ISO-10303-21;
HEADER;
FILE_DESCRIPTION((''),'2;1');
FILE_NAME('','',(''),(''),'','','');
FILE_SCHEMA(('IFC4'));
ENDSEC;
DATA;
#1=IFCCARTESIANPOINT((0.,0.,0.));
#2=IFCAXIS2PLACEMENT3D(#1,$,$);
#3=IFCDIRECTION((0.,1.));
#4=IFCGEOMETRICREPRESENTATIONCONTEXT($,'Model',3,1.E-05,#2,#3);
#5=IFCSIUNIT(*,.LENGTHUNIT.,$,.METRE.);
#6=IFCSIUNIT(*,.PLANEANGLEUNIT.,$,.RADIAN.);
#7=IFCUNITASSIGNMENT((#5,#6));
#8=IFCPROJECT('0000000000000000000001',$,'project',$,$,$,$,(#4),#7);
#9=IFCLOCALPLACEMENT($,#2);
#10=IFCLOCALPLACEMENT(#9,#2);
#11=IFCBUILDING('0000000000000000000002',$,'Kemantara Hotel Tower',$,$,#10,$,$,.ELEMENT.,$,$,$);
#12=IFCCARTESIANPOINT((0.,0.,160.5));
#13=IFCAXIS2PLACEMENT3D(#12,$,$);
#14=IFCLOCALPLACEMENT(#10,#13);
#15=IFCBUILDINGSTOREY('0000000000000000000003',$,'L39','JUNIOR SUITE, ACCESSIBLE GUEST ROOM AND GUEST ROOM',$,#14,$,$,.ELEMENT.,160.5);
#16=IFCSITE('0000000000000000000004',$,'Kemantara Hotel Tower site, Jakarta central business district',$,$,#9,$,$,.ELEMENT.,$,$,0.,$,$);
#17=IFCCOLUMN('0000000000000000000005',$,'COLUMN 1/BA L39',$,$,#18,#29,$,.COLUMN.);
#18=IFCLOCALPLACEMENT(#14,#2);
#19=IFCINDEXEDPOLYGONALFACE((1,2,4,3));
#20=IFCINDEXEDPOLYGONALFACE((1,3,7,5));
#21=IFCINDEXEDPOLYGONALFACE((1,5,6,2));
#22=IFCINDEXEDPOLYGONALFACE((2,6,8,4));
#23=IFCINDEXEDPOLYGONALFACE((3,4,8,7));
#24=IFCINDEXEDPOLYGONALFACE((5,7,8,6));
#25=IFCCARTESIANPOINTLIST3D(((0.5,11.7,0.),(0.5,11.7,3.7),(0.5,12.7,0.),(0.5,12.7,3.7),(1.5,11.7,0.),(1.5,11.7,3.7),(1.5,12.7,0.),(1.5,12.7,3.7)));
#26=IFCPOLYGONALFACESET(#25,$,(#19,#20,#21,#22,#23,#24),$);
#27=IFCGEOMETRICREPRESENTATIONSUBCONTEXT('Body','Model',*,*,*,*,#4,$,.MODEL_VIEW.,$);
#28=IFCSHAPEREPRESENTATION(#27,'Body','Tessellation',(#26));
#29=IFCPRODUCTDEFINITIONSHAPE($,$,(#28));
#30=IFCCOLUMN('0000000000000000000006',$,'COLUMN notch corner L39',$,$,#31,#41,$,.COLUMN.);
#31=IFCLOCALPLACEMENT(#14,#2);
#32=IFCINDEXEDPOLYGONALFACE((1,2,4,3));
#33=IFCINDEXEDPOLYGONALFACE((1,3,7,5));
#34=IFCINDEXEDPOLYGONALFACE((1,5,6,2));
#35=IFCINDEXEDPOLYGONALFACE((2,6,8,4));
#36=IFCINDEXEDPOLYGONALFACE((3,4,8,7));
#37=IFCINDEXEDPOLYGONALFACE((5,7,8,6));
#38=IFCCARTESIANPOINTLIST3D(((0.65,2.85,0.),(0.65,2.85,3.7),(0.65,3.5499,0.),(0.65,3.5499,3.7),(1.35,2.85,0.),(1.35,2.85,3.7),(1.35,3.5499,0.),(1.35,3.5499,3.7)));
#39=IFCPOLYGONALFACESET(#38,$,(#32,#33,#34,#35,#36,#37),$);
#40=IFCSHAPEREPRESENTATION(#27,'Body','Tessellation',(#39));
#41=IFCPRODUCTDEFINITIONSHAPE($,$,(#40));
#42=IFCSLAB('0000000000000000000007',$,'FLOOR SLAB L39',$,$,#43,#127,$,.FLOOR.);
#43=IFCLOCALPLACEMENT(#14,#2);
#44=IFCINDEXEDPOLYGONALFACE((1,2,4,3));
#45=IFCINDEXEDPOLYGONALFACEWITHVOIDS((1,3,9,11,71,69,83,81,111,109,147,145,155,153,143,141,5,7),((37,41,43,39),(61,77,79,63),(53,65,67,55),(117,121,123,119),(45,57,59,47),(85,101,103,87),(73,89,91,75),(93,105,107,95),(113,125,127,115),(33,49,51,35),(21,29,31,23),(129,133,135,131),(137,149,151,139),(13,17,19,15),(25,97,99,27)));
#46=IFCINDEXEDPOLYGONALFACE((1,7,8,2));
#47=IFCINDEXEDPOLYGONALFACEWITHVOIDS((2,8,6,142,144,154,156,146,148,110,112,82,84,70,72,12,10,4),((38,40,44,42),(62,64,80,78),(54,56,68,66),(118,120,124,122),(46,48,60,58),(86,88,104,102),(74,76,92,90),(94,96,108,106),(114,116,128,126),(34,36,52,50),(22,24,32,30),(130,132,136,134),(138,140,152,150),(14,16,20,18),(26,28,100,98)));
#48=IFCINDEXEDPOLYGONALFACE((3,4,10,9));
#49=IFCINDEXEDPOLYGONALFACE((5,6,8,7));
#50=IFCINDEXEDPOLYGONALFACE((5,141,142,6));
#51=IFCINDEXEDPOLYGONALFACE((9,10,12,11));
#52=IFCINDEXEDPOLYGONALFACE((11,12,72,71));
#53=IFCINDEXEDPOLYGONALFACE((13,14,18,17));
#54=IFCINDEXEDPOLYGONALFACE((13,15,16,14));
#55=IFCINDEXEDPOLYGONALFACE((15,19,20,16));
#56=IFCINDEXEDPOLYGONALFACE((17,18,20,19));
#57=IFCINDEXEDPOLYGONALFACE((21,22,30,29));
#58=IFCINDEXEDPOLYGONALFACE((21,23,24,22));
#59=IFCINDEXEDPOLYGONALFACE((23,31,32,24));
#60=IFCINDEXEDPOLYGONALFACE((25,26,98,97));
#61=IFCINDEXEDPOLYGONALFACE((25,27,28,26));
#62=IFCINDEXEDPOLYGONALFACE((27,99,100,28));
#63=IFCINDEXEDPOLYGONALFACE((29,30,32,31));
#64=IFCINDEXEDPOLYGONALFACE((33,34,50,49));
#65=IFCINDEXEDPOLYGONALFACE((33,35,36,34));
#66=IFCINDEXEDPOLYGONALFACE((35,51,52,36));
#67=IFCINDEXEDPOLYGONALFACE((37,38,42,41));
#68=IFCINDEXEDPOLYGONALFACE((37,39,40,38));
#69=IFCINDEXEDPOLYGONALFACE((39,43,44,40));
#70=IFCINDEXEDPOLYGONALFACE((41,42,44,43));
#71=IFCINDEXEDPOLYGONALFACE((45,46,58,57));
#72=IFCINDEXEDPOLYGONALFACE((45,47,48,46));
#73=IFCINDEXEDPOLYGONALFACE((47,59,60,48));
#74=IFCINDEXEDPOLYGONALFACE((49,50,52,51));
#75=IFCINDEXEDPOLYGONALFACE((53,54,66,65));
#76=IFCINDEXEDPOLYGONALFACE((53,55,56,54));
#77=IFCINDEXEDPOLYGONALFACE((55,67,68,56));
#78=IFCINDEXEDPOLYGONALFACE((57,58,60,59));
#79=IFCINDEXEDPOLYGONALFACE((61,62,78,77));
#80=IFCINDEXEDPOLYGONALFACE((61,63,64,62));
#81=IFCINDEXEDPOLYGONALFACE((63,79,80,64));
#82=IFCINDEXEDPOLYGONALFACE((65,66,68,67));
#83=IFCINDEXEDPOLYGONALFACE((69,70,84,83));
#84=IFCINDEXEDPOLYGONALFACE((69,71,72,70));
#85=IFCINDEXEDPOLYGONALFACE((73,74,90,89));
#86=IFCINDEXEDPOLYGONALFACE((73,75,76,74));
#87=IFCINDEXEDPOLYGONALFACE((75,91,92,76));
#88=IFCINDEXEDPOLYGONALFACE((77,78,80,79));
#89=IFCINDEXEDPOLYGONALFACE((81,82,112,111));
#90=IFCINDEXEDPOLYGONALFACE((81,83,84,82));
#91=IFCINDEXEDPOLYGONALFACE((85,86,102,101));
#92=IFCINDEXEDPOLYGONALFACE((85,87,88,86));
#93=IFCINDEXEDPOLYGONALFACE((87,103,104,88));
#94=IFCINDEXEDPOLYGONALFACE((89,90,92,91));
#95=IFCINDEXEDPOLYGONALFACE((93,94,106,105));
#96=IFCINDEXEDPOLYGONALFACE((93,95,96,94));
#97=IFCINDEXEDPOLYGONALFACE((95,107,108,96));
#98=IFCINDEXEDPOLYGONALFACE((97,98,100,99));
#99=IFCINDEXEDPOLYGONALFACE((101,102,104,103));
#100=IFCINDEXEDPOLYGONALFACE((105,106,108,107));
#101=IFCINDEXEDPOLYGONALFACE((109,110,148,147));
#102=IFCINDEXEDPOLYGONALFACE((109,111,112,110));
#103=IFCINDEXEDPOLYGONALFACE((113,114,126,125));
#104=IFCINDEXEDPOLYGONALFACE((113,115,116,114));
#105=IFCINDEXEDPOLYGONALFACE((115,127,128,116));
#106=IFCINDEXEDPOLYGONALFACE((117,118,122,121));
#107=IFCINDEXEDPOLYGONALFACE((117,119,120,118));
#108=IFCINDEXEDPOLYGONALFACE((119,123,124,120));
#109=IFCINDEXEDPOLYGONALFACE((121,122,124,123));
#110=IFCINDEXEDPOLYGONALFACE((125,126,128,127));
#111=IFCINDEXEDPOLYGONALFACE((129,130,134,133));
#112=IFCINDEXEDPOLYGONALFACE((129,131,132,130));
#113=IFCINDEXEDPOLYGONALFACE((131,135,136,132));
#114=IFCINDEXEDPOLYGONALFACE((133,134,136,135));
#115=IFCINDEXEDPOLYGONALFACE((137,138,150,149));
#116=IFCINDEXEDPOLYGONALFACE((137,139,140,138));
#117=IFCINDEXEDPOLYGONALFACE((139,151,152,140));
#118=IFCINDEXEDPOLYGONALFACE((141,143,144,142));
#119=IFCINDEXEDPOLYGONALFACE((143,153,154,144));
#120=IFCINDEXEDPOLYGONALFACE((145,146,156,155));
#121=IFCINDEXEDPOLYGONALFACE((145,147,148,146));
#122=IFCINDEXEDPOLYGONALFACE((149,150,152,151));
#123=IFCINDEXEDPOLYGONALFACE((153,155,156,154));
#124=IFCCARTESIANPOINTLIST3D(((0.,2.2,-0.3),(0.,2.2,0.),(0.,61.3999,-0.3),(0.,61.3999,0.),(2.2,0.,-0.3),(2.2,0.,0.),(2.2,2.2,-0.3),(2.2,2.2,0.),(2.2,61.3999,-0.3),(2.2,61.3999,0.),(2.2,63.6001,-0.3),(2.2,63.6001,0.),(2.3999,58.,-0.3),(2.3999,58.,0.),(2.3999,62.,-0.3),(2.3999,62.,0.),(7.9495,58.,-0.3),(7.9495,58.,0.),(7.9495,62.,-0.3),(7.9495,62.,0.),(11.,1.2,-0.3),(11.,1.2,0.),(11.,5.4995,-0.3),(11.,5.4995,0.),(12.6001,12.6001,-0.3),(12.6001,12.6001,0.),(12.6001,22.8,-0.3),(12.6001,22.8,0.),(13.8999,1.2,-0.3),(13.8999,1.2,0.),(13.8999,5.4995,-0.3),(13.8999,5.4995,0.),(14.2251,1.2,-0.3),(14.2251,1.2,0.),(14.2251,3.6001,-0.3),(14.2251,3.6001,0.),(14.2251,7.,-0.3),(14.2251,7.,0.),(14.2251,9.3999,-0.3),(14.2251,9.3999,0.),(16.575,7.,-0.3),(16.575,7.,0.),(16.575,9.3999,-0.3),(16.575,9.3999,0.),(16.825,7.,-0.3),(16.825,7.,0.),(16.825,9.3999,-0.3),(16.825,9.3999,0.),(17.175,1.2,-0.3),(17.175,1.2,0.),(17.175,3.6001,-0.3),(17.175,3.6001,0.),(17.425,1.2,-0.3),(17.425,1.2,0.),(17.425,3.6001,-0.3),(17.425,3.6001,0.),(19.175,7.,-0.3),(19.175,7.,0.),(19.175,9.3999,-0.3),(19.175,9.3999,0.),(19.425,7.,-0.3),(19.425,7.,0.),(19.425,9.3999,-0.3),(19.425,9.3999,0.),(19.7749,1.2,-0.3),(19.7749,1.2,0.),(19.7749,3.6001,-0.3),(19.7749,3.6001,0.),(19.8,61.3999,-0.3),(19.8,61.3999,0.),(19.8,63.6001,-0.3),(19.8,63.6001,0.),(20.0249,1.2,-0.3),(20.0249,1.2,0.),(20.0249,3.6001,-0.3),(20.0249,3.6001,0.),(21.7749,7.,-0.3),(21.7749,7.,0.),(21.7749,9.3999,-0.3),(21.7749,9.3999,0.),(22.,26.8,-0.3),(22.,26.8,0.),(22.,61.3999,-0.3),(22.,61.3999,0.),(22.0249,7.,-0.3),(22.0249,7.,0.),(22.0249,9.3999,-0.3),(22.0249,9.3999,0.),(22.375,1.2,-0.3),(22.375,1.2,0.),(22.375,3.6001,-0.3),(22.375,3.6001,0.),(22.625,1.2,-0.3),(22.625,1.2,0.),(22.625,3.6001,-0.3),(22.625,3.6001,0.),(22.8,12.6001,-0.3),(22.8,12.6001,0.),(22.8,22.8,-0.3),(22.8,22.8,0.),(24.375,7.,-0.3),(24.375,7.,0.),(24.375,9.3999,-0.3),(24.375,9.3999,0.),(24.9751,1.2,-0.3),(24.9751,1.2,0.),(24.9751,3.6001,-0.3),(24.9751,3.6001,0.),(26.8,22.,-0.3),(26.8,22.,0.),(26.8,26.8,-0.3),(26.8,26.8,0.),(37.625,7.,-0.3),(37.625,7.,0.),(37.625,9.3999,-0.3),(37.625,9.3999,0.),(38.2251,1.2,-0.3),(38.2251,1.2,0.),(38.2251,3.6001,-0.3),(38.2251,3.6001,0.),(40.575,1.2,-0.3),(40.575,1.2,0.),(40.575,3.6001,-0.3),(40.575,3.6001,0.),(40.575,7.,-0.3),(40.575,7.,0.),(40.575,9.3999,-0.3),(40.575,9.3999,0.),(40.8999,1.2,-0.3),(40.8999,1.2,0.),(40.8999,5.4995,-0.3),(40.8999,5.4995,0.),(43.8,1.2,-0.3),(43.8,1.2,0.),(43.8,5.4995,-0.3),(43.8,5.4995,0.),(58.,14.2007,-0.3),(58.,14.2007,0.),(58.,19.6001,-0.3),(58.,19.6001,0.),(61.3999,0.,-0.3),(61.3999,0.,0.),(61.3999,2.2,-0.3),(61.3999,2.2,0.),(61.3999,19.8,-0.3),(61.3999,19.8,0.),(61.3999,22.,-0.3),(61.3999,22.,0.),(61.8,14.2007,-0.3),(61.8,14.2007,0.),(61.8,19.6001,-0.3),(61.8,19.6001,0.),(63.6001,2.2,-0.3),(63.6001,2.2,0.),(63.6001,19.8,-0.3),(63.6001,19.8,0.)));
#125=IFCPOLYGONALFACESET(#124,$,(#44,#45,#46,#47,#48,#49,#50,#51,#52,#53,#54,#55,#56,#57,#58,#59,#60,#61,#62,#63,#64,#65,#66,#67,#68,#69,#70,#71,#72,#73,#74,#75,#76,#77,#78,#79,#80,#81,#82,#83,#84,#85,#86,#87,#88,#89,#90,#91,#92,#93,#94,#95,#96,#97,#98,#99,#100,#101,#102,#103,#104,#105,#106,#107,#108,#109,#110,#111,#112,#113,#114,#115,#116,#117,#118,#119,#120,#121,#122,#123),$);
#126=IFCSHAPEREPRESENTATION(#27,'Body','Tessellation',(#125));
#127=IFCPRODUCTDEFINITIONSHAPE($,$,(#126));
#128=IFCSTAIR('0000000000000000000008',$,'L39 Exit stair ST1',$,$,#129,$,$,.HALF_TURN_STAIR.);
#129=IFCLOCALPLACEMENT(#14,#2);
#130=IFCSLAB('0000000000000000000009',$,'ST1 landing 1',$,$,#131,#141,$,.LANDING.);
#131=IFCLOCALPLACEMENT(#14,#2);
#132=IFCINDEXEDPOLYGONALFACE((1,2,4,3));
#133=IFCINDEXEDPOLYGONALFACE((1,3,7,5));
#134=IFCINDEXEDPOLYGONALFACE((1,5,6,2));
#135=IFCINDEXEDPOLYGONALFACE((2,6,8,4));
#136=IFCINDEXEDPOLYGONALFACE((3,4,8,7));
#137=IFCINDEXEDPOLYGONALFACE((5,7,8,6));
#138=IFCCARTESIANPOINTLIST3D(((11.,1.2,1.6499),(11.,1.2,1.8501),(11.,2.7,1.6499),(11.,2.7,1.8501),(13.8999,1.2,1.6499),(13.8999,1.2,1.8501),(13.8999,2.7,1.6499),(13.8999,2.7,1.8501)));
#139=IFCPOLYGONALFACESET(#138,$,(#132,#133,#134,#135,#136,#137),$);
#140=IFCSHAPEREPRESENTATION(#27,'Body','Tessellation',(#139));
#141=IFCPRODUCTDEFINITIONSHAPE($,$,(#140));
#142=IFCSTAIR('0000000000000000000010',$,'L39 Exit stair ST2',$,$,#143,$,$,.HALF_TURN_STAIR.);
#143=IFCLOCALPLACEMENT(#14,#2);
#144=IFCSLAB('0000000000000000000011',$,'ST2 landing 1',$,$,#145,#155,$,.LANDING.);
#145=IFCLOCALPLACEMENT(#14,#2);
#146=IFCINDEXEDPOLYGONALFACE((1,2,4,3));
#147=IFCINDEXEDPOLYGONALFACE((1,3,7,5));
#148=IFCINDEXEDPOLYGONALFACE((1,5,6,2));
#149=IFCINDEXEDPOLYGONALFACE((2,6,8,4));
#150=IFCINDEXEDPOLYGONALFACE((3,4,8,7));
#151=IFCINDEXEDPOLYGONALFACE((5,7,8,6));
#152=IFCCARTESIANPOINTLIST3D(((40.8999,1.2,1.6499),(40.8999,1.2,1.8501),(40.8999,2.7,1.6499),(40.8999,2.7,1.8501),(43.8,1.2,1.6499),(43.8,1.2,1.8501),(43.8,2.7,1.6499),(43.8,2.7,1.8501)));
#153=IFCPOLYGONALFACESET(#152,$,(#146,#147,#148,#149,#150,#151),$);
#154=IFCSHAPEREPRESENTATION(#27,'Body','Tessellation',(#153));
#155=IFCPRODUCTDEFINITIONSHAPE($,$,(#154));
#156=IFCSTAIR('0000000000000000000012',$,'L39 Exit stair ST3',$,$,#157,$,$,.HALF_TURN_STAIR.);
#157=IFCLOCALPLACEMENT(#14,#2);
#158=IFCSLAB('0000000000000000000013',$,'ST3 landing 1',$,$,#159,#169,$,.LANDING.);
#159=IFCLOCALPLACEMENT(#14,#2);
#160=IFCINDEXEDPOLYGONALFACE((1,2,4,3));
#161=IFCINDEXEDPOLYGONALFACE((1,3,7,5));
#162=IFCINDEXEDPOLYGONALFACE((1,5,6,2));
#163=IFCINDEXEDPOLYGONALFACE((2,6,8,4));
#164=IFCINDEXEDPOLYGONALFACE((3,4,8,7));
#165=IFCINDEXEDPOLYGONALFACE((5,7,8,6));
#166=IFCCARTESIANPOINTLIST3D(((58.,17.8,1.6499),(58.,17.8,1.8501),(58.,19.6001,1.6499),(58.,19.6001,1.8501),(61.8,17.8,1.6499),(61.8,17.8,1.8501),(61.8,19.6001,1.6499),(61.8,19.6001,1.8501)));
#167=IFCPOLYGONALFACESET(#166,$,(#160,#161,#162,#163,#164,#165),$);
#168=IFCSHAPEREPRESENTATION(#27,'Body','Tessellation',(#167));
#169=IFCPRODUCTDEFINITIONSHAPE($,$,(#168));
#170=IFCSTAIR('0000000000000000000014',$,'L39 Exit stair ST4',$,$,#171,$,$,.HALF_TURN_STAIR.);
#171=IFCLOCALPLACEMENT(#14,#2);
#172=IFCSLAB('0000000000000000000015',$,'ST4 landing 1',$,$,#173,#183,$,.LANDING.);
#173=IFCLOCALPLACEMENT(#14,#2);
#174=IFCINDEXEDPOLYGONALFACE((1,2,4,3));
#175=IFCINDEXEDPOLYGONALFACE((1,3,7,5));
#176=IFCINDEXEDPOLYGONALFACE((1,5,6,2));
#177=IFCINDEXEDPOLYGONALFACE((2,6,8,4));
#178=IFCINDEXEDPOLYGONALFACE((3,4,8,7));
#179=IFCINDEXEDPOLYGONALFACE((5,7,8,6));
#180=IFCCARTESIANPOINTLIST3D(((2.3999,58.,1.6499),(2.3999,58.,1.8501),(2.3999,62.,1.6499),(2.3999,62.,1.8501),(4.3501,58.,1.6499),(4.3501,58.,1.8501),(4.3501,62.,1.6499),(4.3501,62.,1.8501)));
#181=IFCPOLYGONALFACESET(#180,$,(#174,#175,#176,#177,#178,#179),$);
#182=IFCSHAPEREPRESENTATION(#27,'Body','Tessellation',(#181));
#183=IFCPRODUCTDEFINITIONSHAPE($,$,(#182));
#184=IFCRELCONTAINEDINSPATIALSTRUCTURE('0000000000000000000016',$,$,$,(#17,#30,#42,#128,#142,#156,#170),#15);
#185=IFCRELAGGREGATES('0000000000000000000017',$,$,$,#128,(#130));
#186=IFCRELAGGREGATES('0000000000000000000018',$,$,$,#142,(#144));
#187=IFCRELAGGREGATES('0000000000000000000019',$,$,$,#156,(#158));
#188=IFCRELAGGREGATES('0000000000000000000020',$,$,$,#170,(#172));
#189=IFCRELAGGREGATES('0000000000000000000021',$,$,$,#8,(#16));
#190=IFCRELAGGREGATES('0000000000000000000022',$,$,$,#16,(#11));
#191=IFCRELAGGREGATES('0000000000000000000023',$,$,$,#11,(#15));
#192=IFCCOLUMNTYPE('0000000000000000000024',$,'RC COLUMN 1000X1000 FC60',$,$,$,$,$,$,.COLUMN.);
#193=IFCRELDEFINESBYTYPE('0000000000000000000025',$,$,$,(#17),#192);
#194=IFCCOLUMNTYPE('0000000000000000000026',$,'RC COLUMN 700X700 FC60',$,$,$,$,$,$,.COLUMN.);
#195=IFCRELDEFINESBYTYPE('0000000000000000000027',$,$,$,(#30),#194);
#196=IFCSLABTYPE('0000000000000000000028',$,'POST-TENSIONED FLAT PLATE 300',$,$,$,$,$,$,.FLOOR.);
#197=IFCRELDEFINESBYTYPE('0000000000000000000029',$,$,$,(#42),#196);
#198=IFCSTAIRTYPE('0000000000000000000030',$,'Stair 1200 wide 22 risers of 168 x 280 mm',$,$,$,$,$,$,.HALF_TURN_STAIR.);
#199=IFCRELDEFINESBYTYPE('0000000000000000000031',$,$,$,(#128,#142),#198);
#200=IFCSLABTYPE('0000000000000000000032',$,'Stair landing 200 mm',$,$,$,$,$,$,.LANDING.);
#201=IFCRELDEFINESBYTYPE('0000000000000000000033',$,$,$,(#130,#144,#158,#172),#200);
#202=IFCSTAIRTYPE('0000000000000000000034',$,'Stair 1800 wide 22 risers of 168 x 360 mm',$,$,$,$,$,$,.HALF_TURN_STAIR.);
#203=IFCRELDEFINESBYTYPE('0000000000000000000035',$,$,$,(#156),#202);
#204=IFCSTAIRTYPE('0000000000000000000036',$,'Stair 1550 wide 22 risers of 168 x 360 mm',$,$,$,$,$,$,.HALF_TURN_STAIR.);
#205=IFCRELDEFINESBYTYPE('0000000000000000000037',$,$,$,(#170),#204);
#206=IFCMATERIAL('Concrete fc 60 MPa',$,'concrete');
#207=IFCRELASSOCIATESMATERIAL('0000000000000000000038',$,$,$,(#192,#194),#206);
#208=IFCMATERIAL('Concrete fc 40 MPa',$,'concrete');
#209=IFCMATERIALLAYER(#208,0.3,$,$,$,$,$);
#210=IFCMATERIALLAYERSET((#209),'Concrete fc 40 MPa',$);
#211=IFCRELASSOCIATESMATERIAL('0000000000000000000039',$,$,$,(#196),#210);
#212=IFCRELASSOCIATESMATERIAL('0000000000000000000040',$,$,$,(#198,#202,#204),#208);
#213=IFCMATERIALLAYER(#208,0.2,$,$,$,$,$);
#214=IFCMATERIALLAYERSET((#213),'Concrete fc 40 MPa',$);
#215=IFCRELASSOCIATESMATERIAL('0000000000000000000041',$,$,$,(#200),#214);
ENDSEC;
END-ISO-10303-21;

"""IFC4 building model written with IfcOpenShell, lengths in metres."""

from ifc_helpers import new_model, si_unit, direction, frame, origin, origin_2d, place, context, subcontext, project, spatial, polyline, rectangle, outline, extrude, material, layer, layer_set, material_profile, profile_set, type_object, element, aggregate, save


model = new_model("IFC4")

# Units and contexts
model_context = context("Model", 3, precision=1e-05, world=origin(), true_north=direction((0.0, 1.0)))
body_context = subcontext(model_context, "Body", "Model", "MODEL_VIEW")
ifc_project = project(units=[si_unit("LENGTHUNIT", "METRE"), si_unit("PLANEANGLEUNIT", "RADIAN")], contexts=[model_context])

# Site, building, storey
site_placement = place(None, origin())
site = spatial("IfcSite", under=ifc_project, at=site_placement, Name="Kemantara Hotel Tower site, Jakarta central business district", CompositionType="ELEMENT", RefElevation=0.0)
building_placement = place(site_placement, origin())
building = spatial("IfcBuilding", under=site, at=building_placement, Name="Kemantara Hotel Tower", CompositionType="ELEMENT")
storey_placement = place(building_placement, frame((0.0, 0.0, 160.5)))
storey = spatial("IfcBuildingStorey", under=building, at=storey_placement, Name="L39", Description="JUNIOR SUITE, ACCESSIBLE GUEST ROOM AND GUEST ROOM", CompositionType="ELEMENT", Elevation=160.5)

# Columns
ifc_material_1 = material(Name="Concrete fc 60 MPa", Category="concrete")
ifc_material_profile_1 = material_profile(ifc_material_1, rectangle(XDim=1.0, YDim=1.0, at=origin_2d()), Name="RC 1000X1000")
ifc_profile_set_1 = profile_set([ifc_material_profile_1], Name="Concrete fc 60 MPa")
column_type_1 = type_object("IfcColumnType", Name="RC COLUMN 1000X1000 FC60", PredefinedType="COLUMN", material=ifc_profile_set_1)
column_1_placement = place(storey_placement, frame((1.0, 12.2, 0.0), z_axis=(0.0, 0.0, 1.0), x_axis=(1.0, 0.0, 0.0)))
element("IfcColumn", 1, at=column_1_placement, inside=storey, type_object=column_type_1, Name="COLUMN 1/BA L39", PredefinedType="COLUMN", context=body_context, shape_type="SweptSolid", body=[
    extrude(rectangle(XDim=1.0, YDim=1.0, at=origin_2d()), origin(), (0.0, 0.0, 1.0), 3.7),
])
ifc_material_profile_2 = material_profile(ifc_material_1, rectangle(XDim=0.7, YDim=0.7, at=origin_2d()), Name="RC 700X700")
ifc_profile_set_2 = profile_set([ifc_material_profile_2], Name="Concrete fc 60 MPa")
column_type_2 = type_object("IfcColumnType", Name="RC COLUMN 700X700 FC60", PredefinedType="COLUMN", material=ifc_profile_set_2)
column_2_placement = place(storey_placement, frame((1.0, 3.2, 0.0), z_axis=(0.0, 0.0, 1.0), x_axis=(1.0, 0.0, 0.0)))
element("IfcColumn", 2, at=column_2_placement, inside=storey, type_object=column_type_2, Name="COLUMN notch corner L39", PredefinedType="COLUMN", context=body_context, shape_type="SweptSolid", body=[
    extrude(rectangle(XDim=0.7, YDim=0.7, at=origin_2d()), origin(), (0.0, 0.0, 1.0), 3.7),
])

# Slab
ifc_material_2 = material(Name="Concrete fc 40 MPa", Category="concrete")
ifc_layer_1 = layer(ifc_material_2, 0.3)
ifc_layer_set_1 = layer_set([ifc_layer_1], Name="Concrete fc 40 MPa")
slab_type_1 = type_object("IfcSlabType", Name="POST-TENSIONED FLAT PLATE 300", PredefinedType="FLOOR", material=ifc_layer_set_1)
slab_1_placement = place(storey_placement, frame((0.0, 0.0, -0.3)))
element("IfcSlab", 3, at=slab_1_placement, inside=storey, type_object=slab_type_1, Name="FLOOR SLAB L39", PredefinedType="FLOOR", context=body_context, shape_type="SweptSolid", body=[
    extrude(outline(polyline([(22.0, 26.8), (22.0, 61.3999), (19.8, 61.3999), (19.8, 63.6001), (2.2, 63.6001), (2.2, 61.3999), (0.0, 61.3999), (0.0, 2.2), (2.2, 2.2), (2.2, 0.0), (61.3999, 0.0), (61.3999, 2.2), (63.6001, 2.2), (63.6001, 19.8), (61.3999, 19.8), (61.3999, 22.0), (26.8, 22.0), (26.8, 26.8), (22.0, 26.8)]), holes=[polyline([(17.175, 3.6001), (17.175, 1.2), (14.2251, 1.2), (14.2251, 3.6001), (17.175, 3.6001)]), polyline([(19.7749, 1.2), (17.425, 1.2), (17.425, 3.6001), (19.7749, 3.6001), (19.7749, 1.2)]), polyline([(11.0, 1.2), (11.0, 5.4995), (13.8999, 5.4995), (13.8999, 1.2), (11.0, 1.2)]), polyline([(16.575, 7.0), (14.2251, 7.0), (14.2251, 9.3999), (16.575, 9.3999), (16.575, 7.0)]), polyline([(19.175, 7.0), (16.825, 7.0), (16.825, 9.3999), (19.175, 9.3999), (19.175, 7.0)]), polyline([(21.7749, 7.0), (19.425, 7.0), (19.425, 9.3999), (21.7749, 9.3999), (21.7749, 7.0)]), polyline([(22.8, 12.6001), (12.6001, 12.6001), (12.6001, 22.8), (22.8, 22.8), (22.8, 12.6001)]), polyline([(2.3999, 62.0), (7.9495, 62.0), (7.9495, 58.0), (2.3999, 58.0), (2.3999, 62.0)]), polyline([(22.375, 1.2), (20.0249, 1.2), (20.0249, 3.6001), (22.375, 3.6001), (22.375, 1.2)]), polyline([(24.9751, 1.2), (22.625, 1.2), (22.625, 3.6001), (24.9751, 3.6001), (24.9751, 1.2)]), polyline([(40.575, 1.2), (38.2251, 1.2), (38.2251, 3.6001), (40.575, 3.6001), (40.575, 1.2)]), polyline([(40.8999, 1.2), (40.8999, 5.4995), (43.8, 5.4995), (43.8, 1.2), (40.8999, 1.2)]), polyline([(24.375, 7.0), (22.0249, 7.0), (22.0249, 9.3999), (24.375, 9.3999), (24.375, 7.0)]), polyline([(40.575, 7.0), (37.625, 7.0), (37.625, 9.3999), (40.575, 9.3999), (40.575, 7.0)]), polyline([(61.8, 19.6001), (61.8, 14.2007), (58.0, 14.2007), (58.0, 19.6001), (61.8, 19.6001)])]), origin(), (0.0, 0.0, 1.0), 0.3),
])

# Stairs, slabs
stair_type_1 = type_object("IfcStairType", Name="Stair 1200 wide 22 risers of 168 x 280 mm", PredefinedType="HALF_TURN_STAIR", material=ifc_material_2)
stair_1_placement = place(storey_placement, origin())
stair_1 = element("IfcStair", 4, at=stair_1_placement, inside=storey, type_object=stair_type_1, Name="L39 Exit stair ST1", PredefinedType="HALF_TURN_STAIR")
ifc_layer_2 = layer(ifc_material_2, 0.2)
ifc_layer_set_2 = layer_set([ifc_layer_2], Name="Concrete fc 40 MPa")
slab_type_2 = type_object("IfcSlabType", Name="Stair landing 200 mm", PredefinedType="LANDING", material=ifc_layer_set_2)
slab_2_placement = place(storey_placement, frame((0.0, 0.0, 1.6499)))
slab_2 = element("IfcSlab", 5, at=slab_2_placement, type_object=slab_type_2, Name="ST1 landing 1", PredefinedType="LANDING", context=body_context, shape_type="SweptSolid", body=[
    extrude(outline(polyline([(11.0, 2.7), (11.0, 1.2), (13.8999, 1.2), (13.8999, 2.7), (11.0, 2.7)])), origin(), (0.0, 0.0, 1.0), 0.2002),
])
aggregate(stair_1, [slab_2])
stair_2_placement = place(storey_placement, origin())
stair_2 = element("IfcStair", 6, at=stair_2_placement, inside=storey, type_object=stair_type_1, Name="L39 Exit stair ST2", PredefinedType="HALF_TURN_STAIR")
slab_3_placement = place(storey_placement, frame((0.0, 0.0, 1.6499)))
slab_3 = element("IfcSlab", 7, at=slab_3_placement, type_object=slab_type_2, Name="ST2 landing 1", PredefinedType="LANDING", context=body_context, shape_type="SweptSolid", body=[
    extrude(outline(polyline([(40.8999, 2.7), (40.8999, 1.2), (43.8, 1.2), (43.8, 2.7), (40.8999, 2.7)])), origin(), (0.0, 0.0, 1.0), 0.2002),
])
aggregate(stair_2, [slab_3])
stair_type_2 = type_object("IfcStairType", Name="Stair 1800 wide 22 risers of 168 x 360 mm", PredefinedType="HALF_TURN_STAIR", material=ifc_material_2)
stair_3_placement = place(storey_placement, origin())
stair_3 = element("IfcStair", 8, at=stair_3_placement, inside=storey, type_object=stair_type_2, Name="L39 Exit stair ST3", PredefinedType="HALF_TURN_STAIR")
slab_4_placement = place(storey_placement, frame((0.0, 0.0, 1.6499)))
slab_4 = element("IfcSlab", 9, at=slab_4_placement, type_object=slab_type_2, Name="ST3 landing 1", PredefinedType="LANDING", context=body_context, shape_type="SweptSolid", body=[
    extrude(outline(polyline([(61.8, 17.8), (61.8, 19.6001), (58.0, 19.6001), (58.0, 17.8), (61.8, 17.8)])), origin(), (0.0, 0.0, 1.0), 0.2002),
])
aggregate(stair_3, [slab_4])
stair_type_3 = type_object("IfcStairType", Name="Stair 1550 wide 22 risers of 168 x 360 mm", PredefinedType="HALF_TURN_STAIR", material=ifc_material_2)
stair_4_placement = place(storey_placement, origin())
stair_4 = element("IfcStair", 10, at=stair_4_placement, inside=storey, type_object=stair_type_3, Name="L39 Exit stair ST4", PredefinedType="HALF_TURN_STAIR")
slab_5_placement = place(storey_placement, frame((0.0, 0.0, 1.6499)))
slab_5 = element("IfcSlab", 11, at=slab_5_placement, type_object=slab_type_2, Name="ST4 landing 1", PredefinedType="LANDING", context=body_context, shape_type="SweptSolid", body=[
    extrude(outline(polyline([(4.3501, 62.0), (2.3999, 62.0), (2.3999, 58.0), (4.3501, 58.0), (4.3501, 62.0)])), origin(), (0.0, 0.0, 1.0), 0.2002),
])
aggregate(stair_4, [slab_5])

save(model, "model.ifc")
